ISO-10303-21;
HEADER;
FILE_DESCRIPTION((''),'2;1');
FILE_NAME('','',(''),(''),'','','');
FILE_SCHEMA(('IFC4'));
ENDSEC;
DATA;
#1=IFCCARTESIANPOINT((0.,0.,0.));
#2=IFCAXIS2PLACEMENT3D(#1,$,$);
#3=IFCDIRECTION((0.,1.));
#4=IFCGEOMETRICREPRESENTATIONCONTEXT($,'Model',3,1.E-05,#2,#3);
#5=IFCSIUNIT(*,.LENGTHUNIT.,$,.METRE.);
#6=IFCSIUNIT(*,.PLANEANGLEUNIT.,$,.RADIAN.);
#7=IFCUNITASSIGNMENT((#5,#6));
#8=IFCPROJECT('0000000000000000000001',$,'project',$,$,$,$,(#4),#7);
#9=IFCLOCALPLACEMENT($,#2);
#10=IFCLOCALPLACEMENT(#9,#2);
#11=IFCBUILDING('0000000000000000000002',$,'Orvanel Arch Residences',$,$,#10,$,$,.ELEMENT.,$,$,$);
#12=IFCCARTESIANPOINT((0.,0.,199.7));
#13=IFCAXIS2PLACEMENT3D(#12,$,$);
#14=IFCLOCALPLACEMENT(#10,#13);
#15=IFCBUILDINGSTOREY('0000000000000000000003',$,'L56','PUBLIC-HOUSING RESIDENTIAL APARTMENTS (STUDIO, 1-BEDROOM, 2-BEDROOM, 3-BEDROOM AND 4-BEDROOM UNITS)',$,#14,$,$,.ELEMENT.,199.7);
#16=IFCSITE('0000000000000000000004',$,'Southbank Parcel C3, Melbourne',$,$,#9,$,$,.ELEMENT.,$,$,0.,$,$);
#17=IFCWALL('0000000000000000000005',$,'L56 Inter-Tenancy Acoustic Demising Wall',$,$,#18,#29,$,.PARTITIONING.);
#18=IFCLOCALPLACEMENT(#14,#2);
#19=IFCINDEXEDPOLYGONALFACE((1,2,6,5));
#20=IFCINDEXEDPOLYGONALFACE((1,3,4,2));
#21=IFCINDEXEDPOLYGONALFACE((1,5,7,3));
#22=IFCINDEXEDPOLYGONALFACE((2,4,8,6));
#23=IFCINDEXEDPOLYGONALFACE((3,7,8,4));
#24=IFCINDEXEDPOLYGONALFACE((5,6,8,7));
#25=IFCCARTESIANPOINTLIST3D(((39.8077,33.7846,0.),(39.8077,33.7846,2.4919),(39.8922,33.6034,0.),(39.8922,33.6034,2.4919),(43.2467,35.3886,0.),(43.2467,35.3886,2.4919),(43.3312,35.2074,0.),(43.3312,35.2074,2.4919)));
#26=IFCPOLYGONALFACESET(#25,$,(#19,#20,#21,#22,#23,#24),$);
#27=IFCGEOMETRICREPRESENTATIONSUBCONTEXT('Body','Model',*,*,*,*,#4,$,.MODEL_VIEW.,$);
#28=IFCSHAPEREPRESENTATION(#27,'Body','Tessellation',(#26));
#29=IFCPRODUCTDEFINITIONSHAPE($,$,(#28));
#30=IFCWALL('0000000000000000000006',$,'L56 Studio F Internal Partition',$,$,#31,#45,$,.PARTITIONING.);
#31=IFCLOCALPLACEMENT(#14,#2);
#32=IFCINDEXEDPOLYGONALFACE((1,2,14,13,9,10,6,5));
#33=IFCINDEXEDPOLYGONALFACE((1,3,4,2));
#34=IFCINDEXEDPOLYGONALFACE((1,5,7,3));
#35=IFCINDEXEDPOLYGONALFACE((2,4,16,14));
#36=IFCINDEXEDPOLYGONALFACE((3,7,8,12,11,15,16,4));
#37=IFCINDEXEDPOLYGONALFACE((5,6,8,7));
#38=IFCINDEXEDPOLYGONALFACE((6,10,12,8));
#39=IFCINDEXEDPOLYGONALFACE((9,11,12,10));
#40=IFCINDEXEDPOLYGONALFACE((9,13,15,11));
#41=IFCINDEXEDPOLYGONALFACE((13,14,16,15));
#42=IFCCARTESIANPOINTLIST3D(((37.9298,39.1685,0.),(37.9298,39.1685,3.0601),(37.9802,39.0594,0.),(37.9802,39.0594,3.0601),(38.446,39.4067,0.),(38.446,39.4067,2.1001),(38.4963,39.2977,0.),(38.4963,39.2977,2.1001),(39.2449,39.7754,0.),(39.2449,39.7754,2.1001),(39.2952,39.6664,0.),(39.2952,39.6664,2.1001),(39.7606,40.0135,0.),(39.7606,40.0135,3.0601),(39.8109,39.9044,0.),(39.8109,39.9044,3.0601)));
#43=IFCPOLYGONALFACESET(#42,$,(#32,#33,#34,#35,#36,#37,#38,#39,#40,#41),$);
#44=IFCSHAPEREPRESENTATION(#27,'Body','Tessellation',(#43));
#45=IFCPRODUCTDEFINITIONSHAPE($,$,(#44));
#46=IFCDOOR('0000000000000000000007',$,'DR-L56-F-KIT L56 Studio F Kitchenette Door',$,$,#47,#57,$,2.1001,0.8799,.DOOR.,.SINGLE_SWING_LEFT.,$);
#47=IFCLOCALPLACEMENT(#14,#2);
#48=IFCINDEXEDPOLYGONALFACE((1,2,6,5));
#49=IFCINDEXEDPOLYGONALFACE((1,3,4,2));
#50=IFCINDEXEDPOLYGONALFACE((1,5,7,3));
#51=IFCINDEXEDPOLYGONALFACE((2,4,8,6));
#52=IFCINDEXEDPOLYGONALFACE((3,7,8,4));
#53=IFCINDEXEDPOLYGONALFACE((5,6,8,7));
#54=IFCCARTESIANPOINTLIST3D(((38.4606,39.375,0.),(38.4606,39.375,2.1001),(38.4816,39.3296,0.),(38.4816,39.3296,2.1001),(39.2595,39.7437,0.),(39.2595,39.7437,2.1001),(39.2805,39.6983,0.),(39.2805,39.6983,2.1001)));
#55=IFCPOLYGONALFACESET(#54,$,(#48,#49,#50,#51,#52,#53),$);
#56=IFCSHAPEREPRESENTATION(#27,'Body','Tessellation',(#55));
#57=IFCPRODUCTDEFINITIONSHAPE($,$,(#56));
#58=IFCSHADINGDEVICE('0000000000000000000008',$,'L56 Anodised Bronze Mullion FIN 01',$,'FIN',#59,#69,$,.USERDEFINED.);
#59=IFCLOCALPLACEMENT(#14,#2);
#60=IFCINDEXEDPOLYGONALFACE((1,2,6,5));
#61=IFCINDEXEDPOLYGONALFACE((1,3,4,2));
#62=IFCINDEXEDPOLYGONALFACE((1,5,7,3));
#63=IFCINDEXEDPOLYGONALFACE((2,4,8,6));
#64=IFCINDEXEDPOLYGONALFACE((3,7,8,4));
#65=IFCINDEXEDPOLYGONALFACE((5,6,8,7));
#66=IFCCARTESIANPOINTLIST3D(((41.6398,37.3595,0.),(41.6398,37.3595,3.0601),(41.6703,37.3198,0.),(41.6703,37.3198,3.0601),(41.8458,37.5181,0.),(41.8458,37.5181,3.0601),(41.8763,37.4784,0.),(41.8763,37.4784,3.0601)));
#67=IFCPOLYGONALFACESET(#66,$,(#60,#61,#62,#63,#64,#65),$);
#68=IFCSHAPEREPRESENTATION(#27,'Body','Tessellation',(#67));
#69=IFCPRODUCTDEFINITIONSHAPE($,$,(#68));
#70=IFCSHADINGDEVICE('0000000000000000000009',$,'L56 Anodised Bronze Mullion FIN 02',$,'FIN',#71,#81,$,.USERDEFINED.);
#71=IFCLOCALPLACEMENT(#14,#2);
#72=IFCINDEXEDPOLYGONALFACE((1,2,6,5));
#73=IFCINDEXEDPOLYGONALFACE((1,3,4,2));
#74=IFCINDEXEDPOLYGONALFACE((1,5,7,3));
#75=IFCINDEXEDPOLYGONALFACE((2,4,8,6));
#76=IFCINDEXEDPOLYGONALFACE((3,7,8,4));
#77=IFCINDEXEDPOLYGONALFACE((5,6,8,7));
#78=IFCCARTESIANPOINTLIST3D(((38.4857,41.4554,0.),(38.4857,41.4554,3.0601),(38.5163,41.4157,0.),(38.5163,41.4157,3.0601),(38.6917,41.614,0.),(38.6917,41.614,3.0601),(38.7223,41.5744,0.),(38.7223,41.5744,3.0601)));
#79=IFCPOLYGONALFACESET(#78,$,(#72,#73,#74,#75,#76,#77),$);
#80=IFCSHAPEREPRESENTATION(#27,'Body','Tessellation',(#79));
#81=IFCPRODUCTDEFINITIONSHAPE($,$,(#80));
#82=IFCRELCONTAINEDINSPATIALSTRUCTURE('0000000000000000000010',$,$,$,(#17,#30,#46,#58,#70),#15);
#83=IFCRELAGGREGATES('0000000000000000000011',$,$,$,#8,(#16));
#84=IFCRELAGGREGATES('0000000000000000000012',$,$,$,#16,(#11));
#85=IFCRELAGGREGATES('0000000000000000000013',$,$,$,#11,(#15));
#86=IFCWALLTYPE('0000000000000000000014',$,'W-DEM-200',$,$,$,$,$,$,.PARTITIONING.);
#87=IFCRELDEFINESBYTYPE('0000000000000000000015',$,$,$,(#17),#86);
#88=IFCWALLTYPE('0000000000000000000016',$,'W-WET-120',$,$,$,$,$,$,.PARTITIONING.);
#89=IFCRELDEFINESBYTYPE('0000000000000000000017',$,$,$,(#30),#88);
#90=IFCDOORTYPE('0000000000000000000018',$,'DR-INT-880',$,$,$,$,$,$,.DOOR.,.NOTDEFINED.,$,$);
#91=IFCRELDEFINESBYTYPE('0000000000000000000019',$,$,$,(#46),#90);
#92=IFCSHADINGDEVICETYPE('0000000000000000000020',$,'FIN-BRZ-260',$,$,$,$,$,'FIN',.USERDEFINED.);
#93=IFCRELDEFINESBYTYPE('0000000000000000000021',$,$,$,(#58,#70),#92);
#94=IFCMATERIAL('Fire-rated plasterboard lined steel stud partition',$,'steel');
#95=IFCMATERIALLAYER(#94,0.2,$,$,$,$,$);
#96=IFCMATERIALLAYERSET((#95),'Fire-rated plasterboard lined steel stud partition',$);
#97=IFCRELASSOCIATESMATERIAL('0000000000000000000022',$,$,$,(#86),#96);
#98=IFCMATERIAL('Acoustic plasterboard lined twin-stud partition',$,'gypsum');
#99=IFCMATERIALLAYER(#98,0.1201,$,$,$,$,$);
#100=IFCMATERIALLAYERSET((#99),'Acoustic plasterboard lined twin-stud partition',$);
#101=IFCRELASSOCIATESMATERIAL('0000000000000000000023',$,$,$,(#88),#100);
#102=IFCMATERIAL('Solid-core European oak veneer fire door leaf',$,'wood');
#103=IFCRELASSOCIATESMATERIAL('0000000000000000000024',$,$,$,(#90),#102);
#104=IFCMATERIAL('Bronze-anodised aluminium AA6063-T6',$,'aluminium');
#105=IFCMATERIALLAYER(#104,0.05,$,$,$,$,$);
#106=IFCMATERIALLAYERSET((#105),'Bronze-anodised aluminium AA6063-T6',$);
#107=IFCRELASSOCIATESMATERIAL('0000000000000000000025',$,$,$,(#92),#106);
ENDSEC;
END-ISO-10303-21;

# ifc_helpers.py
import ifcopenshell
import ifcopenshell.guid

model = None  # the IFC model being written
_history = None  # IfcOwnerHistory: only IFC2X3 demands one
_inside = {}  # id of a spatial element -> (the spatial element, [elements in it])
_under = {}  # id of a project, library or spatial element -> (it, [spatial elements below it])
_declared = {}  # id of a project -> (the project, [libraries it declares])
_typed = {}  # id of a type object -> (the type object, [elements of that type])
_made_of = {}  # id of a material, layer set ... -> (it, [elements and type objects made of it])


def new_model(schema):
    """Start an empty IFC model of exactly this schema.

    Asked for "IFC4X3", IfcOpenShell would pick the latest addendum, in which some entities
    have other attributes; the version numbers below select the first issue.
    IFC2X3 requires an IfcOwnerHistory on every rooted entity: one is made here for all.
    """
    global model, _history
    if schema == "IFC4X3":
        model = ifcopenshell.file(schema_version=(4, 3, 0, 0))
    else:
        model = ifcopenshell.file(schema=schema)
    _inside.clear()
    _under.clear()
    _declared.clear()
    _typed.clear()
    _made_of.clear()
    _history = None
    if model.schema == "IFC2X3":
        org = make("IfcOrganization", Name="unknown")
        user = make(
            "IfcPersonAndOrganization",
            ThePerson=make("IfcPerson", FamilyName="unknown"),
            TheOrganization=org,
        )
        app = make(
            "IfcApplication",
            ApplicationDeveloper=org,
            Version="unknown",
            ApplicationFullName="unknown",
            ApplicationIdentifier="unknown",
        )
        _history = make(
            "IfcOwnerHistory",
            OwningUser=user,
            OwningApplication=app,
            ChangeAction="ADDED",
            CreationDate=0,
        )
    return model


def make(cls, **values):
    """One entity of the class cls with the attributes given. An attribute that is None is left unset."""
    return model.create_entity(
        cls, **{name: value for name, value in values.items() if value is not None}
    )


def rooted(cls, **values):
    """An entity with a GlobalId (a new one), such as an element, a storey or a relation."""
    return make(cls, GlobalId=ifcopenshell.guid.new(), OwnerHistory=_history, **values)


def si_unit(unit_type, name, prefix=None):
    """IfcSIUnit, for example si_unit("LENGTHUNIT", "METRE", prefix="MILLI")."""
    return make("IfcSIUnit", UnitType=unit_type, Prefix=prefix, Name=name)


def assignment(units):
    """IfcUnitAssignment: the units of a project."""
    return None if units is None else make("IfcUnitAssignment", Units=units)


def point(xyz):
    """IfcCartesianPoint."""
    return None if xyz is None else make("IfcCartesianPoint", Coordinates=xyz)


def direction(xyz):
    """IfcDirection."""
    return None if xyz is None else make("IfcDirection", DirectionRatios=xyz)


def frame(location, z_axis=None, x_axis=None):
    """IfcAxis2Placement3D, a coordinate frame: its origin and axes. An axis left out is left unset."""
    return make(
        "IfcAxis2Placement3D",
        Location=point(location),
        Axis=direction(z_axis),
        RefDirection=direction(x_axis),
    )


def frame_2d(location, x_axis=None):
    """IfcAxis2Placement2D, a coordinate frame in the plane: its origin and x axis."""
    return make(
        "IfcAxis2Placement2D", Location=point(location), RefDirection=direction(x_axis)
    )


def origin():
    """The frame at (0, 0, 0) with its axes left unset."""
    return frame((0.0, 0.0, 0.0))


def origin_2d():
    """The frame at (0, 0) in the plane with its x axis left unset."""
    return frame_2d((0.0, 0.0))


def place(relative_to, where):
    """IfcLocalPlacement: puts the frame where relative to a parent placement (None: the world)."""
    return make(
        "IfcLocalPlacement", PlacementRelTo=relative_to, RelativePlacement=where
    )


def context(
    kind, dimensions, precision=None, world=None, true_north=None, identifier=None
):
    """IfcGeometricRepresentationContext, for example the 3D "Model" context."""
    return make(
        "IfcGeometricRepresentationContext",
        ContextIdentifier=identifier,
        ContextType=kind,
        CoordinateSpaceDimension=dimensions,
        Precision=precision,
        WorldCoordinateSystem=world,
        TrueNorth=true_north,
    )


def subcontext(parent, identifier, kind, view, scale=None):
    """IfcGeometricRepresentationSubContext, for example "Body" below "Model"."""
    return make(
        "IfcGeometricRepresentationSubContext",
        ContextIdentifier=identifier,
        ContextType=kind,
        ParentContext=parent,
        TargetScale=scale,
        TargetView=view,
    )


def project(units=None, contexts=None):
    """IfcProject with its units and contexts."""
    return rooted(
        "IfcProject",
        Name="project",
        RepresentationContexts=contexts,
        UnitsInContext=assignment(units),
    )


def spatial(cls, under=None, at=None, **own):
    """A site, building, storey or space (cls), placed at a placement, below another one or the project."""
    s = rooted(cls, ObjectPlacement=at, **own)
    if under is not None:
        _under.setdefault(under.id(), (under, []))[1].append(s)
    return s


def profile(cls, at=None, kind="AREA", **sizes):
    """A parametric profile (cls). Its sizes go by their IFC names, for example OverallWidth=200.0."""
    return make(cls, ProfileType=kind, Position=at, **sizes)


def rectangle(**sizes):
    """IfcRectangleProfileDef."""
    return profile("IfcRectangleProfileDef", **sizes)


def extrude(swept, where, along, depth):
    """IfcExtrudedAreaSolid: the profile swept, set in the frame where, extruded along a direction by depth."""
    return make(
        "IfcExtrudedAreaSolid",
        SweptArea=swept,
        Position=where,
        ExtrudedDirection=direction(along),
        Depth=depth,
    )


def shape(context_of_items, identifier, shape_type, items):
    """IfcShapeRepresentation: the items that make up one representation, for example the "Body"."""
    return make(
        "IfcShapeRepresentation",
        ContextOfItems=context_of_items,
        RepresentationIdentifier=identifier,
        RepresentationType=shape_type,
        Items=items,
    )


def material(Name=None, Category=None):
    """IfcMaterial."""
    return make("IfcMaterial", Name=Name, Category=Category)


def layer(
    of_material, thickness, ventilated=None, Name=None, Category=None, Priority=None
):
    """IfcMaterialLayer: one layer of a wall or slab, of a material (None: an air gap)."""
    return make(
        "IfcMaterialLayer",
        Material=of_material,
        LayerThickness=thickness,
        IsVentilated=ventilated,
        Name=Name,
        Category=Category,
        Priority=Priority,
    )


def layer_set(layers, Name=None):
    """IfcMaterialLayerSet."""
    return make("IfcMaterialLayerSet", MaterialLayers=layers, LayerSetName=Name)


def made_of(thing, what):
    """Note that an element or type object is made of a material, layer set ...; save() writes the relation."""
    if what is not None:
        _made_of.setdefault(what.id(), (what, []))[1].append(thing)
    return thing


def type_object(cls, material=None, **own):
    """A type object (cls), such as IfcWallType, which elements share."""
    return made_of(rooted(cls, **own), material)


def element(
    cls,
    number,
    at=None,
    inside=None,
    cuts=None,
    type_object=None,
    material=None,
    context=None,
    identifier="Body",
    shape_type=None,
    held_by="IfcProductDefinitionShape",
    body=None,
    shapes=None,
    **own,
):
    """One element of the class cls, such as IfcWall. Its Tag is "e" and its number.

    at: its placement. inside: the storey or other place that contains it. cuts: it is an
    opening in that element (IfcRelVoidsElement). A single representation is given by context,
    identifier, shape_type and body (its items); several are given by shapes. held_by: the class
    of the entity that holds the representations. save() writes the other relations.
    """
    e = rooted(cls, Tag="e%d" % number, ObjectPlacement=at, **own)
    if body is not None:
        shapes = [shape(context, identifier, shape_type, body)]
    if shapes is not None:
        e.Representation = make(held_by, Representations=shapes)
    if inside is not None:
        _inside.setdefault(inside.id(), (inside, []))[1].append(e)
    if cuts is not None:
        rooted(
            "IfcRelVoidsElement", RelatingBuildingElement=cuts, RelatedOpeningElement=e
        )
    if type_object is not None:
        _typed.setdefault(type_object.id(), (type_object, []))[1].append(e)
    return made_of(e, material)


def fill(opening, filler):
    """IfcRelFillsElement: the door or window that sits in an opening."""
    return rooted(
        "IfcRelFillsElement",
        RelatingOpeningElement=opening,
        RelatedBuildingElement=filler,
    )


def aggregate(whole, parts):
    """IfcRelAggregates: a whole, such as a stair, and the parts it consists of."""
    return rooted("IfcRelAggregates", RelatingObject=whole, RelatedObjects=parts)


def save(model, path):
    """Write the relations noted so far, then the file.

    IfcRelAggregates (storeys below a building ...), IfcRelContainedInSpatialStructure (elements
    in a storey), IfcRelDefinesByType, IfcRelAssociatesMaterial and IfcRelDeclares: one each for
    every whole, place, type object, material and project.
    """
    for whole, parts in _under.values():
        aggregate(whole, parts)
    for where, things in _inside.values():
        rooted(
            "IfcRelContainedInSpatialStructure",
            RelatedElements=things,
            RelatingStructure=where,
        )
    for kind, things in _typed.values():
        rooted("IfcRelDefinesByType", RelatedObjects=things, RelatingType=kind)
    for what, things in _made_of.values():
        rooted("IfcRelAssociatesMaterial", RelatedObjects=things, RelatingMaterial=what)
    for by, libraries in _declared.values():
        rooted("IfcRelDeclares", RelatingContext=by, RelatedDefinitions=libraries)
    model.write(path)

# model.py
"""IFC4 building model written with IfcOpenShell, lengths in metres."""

from ifc_helpers import new_model, si_unit, direction, frame, frame_2d, origin, origin_2d, place, context, subcontext, project, spatial, rectangle, extrude, material, layer, layer_set, type_object, element, fill, save


model = new_model("IFC4")

# Units and contexts
model_context = context("Model", 3, precision=1e-05, world=origin(), true_north=direction((0.0, 1.0)))
body_context = subcontext(model_context, "Body", "Model", "MODEL_VIEW")
ifc_project = project(units=[si_unit("LENGTHUNIT", "METRE"), si_unit("PLANEANGLEUNIT", "RADIAN")], contexts=[model_context])

# Site, building, storey
site_placement = place(None, origin())
site = spatial("IfcSite", under=ifc_project, at=site_placement, Name="Southbank Parcel C3, Melbourne", CompositionType="ELEMENT", RefElevation=0.0)
building_placement = place(site_placement, origin())
building = spatial("IfcBuilding", under=site, at=building_placement, Name="Orvanel Arch Residences", CompositionType="ELEMENT")
storey_placement = place(building_placement, frame((0.0, 0.0, 199.7)))
storey = spatial("IfcBuildingStorey", under=building, at=storey_placement, Name="L56", Description="PUBLIC-HOUSING RESIDENTIAL APARTMENTS (STUDIO, 1-BEDROOM, 2-BEDROOM, 3-BEDROOM AND 4-BEDROOM UNITS)", CompositionType="ELEMENT", Elevation=199.7)

# Shared definitions
ifc_material_1 = material(Name="Bronze-anodised aluminium AA6063-T6", Category="aluminium")

# Wall
ifc_material_2 = material(Name="Fire-rated plasterboard lined steel stud partition", Category="steel")
ifc_layer_1 = layer(ifc_material_2, 0.2)
ifc_layer_set_1 = layer_set([ifc_layer_1], Name="Fire-rated plasterboard lined steel stud partition")
wall_type_1 = type_object("IfcWallType", Name="W-DEM-200", PredefinedType="PARTITIONING", material=ifc_layer_set_1)
wall_1_placement = place(storey_placement, frame((43.2891, 35.2981, 0.0), z_axis=(0.0, 0.0, 1.0), x_axis=(-0.906269, -0.422702, 0.0)))
element("IfcWall", 1, at=wall_1_placement, inside=storey, type_object=wall_type_1, Name="L56 Inter-Tenancy Acoustic Demising Wall", PredefinedType="PARTITIONING", context=body_context, shape_type="SweptSolid", body=[
    extrude(rectangle(XDim=3.7947, YDim=0.2, at=frame_2d((1.8975, 0.0))), origin(), (0.0, 0.0, 1.0), 2.4919),
])

# Wall, opening, door
ifc_material_3 = material(Name="Acoustic plasterboard lined twin-stud partition", Category="gypsum")
ifc_layer_2 = layer(ifc_material_3, 0.1201)
ifc_layer_set_2 = layer_set([ifc_layer_2], Name="Acoustic plasterboard lined twin-stud partition")
wall_type_2 = type_object("IfcWallType", Name="W-WET-120", PredefinedType="PARTITIONING", material=ifc_layer_set_2)
wall_2_placement = place(storey_placement, frame((39.7859, 39.959, 0.0), z_axis=(0.0, 0.0, 1.0), x_axis=(-0.907963, -0.41905, 0.0)))
wall_2 = element("IfcWall", 2, at=wall_2_placement, inside=storey, type_object=wall_type_2, Name="L56 Studio F Internal Partition", PredefinedType="PARTITIONING", context=body_context, shape_type="SweptSolid", body=[
    extrude(rectangle(XDim=2.0164, YDim=0.1201, at=frame_2d((1.0083, 0.0))), origin(), (0.0, 0.0, 1.0), 3.0601),
])
opening_placement = place(wall_2_placement, frame((0.5681, 0.0, 0.0)))
opening = element("IfcOpeningElement", 3, at=opening_placement, cuts=wall_2, PredefinedType="OPENING", context=body_context, shape_type="SweptSolid", body=[
    extrude(rectangle(XDim=0.8799, YDim=2.1001, at=frame_2d((0.4399, 1.05))), frame((0.0, 0.0701, 0.0), z_axis=(0.0, -1.0, 0.0), x_axis=(1.0, 0.0, 0.0)), (0.0, 0.0, 1.0), 0.1401),
])
ifc_material_4 = material(Name="Solid-core European oak veneer fire door leaf", Category="wood")
door_type = type_object("IfcDoorType", Name="DR-INT-880", OperationType="NOTDEFINED", PredefinedType="DOOR", material=ifc_material_4)
door_placement = place(opening_placement, origin())
door = element("IfcDoor", 4, at=door_placement, inside=storey, type_object=door_type, Name="DR-L56-F-KIT L56 Studio F Kitchenette Door", OperationType="SINGLE_SWING_LEFT", OverallHeight=2.1001, OverallWidth=0.8799, PredefinedType="DOOR", context=body_context, shape_type="SweptSolid", body=[
    extrude(rectangle(XDim=0.8799, YDim=2.1001, at=frame_2d((0.4399, 1.05))), frame((0.0, 0.0249, 0.0), z_axis=(0.0, -1.0, 0.0), x_axis=(1.0, 0.0, 0.0)), (0.0, 0.0, 1.0), 0.05),
])
fill(opening, door)

# Shading devices
ifc_layer_3 = layer(ifc_material_1, 0.05)
ifc_layer_set_3 = layer_set([ifc_layer_3], Name="Bronze-anodised aluminium AA6063-T6")
shading_device_type = type_object("IfcShadingDeviceType", Name="FIN-BRZ-260", ElementType="FIN", PredefinedType="USERDEFINED", material=ifc_layer_set_3)
for number, where, z_axis, x_axis, name in (
    (5, (41.7581, 37.4189, 0.0), (0.0, 0.0, 1.0), (0.79229, 0.610145, 0.0), "L56 Anodised Bronze Mullion FIN 01"),
    (6, (38.604, 41.5149, 0.0), (0.0, 0.0, 1.0), (0.79229, 0.610145, 0.0), "L56 Anodised Bronze Mullion FIN 02"),
):
    element("IfcShadingDevice", number, at=place(storey_placement, frame(where, z_axis=z_axis, x_axis=x_axis)), inside=storey, type_object=shading_device_type, Name=name, ObjectType="FIN", PredefinedType="USERDEFINED", context=body_context, shape_type="SweptSolid", body=[
        extrude(rectangle(XDim=0.26, YDim=0.05, at=origin_2d()), origin(), (0.0, 0.0, 1.0), 3.0601),
    ])

save(model, "model.ifc")
